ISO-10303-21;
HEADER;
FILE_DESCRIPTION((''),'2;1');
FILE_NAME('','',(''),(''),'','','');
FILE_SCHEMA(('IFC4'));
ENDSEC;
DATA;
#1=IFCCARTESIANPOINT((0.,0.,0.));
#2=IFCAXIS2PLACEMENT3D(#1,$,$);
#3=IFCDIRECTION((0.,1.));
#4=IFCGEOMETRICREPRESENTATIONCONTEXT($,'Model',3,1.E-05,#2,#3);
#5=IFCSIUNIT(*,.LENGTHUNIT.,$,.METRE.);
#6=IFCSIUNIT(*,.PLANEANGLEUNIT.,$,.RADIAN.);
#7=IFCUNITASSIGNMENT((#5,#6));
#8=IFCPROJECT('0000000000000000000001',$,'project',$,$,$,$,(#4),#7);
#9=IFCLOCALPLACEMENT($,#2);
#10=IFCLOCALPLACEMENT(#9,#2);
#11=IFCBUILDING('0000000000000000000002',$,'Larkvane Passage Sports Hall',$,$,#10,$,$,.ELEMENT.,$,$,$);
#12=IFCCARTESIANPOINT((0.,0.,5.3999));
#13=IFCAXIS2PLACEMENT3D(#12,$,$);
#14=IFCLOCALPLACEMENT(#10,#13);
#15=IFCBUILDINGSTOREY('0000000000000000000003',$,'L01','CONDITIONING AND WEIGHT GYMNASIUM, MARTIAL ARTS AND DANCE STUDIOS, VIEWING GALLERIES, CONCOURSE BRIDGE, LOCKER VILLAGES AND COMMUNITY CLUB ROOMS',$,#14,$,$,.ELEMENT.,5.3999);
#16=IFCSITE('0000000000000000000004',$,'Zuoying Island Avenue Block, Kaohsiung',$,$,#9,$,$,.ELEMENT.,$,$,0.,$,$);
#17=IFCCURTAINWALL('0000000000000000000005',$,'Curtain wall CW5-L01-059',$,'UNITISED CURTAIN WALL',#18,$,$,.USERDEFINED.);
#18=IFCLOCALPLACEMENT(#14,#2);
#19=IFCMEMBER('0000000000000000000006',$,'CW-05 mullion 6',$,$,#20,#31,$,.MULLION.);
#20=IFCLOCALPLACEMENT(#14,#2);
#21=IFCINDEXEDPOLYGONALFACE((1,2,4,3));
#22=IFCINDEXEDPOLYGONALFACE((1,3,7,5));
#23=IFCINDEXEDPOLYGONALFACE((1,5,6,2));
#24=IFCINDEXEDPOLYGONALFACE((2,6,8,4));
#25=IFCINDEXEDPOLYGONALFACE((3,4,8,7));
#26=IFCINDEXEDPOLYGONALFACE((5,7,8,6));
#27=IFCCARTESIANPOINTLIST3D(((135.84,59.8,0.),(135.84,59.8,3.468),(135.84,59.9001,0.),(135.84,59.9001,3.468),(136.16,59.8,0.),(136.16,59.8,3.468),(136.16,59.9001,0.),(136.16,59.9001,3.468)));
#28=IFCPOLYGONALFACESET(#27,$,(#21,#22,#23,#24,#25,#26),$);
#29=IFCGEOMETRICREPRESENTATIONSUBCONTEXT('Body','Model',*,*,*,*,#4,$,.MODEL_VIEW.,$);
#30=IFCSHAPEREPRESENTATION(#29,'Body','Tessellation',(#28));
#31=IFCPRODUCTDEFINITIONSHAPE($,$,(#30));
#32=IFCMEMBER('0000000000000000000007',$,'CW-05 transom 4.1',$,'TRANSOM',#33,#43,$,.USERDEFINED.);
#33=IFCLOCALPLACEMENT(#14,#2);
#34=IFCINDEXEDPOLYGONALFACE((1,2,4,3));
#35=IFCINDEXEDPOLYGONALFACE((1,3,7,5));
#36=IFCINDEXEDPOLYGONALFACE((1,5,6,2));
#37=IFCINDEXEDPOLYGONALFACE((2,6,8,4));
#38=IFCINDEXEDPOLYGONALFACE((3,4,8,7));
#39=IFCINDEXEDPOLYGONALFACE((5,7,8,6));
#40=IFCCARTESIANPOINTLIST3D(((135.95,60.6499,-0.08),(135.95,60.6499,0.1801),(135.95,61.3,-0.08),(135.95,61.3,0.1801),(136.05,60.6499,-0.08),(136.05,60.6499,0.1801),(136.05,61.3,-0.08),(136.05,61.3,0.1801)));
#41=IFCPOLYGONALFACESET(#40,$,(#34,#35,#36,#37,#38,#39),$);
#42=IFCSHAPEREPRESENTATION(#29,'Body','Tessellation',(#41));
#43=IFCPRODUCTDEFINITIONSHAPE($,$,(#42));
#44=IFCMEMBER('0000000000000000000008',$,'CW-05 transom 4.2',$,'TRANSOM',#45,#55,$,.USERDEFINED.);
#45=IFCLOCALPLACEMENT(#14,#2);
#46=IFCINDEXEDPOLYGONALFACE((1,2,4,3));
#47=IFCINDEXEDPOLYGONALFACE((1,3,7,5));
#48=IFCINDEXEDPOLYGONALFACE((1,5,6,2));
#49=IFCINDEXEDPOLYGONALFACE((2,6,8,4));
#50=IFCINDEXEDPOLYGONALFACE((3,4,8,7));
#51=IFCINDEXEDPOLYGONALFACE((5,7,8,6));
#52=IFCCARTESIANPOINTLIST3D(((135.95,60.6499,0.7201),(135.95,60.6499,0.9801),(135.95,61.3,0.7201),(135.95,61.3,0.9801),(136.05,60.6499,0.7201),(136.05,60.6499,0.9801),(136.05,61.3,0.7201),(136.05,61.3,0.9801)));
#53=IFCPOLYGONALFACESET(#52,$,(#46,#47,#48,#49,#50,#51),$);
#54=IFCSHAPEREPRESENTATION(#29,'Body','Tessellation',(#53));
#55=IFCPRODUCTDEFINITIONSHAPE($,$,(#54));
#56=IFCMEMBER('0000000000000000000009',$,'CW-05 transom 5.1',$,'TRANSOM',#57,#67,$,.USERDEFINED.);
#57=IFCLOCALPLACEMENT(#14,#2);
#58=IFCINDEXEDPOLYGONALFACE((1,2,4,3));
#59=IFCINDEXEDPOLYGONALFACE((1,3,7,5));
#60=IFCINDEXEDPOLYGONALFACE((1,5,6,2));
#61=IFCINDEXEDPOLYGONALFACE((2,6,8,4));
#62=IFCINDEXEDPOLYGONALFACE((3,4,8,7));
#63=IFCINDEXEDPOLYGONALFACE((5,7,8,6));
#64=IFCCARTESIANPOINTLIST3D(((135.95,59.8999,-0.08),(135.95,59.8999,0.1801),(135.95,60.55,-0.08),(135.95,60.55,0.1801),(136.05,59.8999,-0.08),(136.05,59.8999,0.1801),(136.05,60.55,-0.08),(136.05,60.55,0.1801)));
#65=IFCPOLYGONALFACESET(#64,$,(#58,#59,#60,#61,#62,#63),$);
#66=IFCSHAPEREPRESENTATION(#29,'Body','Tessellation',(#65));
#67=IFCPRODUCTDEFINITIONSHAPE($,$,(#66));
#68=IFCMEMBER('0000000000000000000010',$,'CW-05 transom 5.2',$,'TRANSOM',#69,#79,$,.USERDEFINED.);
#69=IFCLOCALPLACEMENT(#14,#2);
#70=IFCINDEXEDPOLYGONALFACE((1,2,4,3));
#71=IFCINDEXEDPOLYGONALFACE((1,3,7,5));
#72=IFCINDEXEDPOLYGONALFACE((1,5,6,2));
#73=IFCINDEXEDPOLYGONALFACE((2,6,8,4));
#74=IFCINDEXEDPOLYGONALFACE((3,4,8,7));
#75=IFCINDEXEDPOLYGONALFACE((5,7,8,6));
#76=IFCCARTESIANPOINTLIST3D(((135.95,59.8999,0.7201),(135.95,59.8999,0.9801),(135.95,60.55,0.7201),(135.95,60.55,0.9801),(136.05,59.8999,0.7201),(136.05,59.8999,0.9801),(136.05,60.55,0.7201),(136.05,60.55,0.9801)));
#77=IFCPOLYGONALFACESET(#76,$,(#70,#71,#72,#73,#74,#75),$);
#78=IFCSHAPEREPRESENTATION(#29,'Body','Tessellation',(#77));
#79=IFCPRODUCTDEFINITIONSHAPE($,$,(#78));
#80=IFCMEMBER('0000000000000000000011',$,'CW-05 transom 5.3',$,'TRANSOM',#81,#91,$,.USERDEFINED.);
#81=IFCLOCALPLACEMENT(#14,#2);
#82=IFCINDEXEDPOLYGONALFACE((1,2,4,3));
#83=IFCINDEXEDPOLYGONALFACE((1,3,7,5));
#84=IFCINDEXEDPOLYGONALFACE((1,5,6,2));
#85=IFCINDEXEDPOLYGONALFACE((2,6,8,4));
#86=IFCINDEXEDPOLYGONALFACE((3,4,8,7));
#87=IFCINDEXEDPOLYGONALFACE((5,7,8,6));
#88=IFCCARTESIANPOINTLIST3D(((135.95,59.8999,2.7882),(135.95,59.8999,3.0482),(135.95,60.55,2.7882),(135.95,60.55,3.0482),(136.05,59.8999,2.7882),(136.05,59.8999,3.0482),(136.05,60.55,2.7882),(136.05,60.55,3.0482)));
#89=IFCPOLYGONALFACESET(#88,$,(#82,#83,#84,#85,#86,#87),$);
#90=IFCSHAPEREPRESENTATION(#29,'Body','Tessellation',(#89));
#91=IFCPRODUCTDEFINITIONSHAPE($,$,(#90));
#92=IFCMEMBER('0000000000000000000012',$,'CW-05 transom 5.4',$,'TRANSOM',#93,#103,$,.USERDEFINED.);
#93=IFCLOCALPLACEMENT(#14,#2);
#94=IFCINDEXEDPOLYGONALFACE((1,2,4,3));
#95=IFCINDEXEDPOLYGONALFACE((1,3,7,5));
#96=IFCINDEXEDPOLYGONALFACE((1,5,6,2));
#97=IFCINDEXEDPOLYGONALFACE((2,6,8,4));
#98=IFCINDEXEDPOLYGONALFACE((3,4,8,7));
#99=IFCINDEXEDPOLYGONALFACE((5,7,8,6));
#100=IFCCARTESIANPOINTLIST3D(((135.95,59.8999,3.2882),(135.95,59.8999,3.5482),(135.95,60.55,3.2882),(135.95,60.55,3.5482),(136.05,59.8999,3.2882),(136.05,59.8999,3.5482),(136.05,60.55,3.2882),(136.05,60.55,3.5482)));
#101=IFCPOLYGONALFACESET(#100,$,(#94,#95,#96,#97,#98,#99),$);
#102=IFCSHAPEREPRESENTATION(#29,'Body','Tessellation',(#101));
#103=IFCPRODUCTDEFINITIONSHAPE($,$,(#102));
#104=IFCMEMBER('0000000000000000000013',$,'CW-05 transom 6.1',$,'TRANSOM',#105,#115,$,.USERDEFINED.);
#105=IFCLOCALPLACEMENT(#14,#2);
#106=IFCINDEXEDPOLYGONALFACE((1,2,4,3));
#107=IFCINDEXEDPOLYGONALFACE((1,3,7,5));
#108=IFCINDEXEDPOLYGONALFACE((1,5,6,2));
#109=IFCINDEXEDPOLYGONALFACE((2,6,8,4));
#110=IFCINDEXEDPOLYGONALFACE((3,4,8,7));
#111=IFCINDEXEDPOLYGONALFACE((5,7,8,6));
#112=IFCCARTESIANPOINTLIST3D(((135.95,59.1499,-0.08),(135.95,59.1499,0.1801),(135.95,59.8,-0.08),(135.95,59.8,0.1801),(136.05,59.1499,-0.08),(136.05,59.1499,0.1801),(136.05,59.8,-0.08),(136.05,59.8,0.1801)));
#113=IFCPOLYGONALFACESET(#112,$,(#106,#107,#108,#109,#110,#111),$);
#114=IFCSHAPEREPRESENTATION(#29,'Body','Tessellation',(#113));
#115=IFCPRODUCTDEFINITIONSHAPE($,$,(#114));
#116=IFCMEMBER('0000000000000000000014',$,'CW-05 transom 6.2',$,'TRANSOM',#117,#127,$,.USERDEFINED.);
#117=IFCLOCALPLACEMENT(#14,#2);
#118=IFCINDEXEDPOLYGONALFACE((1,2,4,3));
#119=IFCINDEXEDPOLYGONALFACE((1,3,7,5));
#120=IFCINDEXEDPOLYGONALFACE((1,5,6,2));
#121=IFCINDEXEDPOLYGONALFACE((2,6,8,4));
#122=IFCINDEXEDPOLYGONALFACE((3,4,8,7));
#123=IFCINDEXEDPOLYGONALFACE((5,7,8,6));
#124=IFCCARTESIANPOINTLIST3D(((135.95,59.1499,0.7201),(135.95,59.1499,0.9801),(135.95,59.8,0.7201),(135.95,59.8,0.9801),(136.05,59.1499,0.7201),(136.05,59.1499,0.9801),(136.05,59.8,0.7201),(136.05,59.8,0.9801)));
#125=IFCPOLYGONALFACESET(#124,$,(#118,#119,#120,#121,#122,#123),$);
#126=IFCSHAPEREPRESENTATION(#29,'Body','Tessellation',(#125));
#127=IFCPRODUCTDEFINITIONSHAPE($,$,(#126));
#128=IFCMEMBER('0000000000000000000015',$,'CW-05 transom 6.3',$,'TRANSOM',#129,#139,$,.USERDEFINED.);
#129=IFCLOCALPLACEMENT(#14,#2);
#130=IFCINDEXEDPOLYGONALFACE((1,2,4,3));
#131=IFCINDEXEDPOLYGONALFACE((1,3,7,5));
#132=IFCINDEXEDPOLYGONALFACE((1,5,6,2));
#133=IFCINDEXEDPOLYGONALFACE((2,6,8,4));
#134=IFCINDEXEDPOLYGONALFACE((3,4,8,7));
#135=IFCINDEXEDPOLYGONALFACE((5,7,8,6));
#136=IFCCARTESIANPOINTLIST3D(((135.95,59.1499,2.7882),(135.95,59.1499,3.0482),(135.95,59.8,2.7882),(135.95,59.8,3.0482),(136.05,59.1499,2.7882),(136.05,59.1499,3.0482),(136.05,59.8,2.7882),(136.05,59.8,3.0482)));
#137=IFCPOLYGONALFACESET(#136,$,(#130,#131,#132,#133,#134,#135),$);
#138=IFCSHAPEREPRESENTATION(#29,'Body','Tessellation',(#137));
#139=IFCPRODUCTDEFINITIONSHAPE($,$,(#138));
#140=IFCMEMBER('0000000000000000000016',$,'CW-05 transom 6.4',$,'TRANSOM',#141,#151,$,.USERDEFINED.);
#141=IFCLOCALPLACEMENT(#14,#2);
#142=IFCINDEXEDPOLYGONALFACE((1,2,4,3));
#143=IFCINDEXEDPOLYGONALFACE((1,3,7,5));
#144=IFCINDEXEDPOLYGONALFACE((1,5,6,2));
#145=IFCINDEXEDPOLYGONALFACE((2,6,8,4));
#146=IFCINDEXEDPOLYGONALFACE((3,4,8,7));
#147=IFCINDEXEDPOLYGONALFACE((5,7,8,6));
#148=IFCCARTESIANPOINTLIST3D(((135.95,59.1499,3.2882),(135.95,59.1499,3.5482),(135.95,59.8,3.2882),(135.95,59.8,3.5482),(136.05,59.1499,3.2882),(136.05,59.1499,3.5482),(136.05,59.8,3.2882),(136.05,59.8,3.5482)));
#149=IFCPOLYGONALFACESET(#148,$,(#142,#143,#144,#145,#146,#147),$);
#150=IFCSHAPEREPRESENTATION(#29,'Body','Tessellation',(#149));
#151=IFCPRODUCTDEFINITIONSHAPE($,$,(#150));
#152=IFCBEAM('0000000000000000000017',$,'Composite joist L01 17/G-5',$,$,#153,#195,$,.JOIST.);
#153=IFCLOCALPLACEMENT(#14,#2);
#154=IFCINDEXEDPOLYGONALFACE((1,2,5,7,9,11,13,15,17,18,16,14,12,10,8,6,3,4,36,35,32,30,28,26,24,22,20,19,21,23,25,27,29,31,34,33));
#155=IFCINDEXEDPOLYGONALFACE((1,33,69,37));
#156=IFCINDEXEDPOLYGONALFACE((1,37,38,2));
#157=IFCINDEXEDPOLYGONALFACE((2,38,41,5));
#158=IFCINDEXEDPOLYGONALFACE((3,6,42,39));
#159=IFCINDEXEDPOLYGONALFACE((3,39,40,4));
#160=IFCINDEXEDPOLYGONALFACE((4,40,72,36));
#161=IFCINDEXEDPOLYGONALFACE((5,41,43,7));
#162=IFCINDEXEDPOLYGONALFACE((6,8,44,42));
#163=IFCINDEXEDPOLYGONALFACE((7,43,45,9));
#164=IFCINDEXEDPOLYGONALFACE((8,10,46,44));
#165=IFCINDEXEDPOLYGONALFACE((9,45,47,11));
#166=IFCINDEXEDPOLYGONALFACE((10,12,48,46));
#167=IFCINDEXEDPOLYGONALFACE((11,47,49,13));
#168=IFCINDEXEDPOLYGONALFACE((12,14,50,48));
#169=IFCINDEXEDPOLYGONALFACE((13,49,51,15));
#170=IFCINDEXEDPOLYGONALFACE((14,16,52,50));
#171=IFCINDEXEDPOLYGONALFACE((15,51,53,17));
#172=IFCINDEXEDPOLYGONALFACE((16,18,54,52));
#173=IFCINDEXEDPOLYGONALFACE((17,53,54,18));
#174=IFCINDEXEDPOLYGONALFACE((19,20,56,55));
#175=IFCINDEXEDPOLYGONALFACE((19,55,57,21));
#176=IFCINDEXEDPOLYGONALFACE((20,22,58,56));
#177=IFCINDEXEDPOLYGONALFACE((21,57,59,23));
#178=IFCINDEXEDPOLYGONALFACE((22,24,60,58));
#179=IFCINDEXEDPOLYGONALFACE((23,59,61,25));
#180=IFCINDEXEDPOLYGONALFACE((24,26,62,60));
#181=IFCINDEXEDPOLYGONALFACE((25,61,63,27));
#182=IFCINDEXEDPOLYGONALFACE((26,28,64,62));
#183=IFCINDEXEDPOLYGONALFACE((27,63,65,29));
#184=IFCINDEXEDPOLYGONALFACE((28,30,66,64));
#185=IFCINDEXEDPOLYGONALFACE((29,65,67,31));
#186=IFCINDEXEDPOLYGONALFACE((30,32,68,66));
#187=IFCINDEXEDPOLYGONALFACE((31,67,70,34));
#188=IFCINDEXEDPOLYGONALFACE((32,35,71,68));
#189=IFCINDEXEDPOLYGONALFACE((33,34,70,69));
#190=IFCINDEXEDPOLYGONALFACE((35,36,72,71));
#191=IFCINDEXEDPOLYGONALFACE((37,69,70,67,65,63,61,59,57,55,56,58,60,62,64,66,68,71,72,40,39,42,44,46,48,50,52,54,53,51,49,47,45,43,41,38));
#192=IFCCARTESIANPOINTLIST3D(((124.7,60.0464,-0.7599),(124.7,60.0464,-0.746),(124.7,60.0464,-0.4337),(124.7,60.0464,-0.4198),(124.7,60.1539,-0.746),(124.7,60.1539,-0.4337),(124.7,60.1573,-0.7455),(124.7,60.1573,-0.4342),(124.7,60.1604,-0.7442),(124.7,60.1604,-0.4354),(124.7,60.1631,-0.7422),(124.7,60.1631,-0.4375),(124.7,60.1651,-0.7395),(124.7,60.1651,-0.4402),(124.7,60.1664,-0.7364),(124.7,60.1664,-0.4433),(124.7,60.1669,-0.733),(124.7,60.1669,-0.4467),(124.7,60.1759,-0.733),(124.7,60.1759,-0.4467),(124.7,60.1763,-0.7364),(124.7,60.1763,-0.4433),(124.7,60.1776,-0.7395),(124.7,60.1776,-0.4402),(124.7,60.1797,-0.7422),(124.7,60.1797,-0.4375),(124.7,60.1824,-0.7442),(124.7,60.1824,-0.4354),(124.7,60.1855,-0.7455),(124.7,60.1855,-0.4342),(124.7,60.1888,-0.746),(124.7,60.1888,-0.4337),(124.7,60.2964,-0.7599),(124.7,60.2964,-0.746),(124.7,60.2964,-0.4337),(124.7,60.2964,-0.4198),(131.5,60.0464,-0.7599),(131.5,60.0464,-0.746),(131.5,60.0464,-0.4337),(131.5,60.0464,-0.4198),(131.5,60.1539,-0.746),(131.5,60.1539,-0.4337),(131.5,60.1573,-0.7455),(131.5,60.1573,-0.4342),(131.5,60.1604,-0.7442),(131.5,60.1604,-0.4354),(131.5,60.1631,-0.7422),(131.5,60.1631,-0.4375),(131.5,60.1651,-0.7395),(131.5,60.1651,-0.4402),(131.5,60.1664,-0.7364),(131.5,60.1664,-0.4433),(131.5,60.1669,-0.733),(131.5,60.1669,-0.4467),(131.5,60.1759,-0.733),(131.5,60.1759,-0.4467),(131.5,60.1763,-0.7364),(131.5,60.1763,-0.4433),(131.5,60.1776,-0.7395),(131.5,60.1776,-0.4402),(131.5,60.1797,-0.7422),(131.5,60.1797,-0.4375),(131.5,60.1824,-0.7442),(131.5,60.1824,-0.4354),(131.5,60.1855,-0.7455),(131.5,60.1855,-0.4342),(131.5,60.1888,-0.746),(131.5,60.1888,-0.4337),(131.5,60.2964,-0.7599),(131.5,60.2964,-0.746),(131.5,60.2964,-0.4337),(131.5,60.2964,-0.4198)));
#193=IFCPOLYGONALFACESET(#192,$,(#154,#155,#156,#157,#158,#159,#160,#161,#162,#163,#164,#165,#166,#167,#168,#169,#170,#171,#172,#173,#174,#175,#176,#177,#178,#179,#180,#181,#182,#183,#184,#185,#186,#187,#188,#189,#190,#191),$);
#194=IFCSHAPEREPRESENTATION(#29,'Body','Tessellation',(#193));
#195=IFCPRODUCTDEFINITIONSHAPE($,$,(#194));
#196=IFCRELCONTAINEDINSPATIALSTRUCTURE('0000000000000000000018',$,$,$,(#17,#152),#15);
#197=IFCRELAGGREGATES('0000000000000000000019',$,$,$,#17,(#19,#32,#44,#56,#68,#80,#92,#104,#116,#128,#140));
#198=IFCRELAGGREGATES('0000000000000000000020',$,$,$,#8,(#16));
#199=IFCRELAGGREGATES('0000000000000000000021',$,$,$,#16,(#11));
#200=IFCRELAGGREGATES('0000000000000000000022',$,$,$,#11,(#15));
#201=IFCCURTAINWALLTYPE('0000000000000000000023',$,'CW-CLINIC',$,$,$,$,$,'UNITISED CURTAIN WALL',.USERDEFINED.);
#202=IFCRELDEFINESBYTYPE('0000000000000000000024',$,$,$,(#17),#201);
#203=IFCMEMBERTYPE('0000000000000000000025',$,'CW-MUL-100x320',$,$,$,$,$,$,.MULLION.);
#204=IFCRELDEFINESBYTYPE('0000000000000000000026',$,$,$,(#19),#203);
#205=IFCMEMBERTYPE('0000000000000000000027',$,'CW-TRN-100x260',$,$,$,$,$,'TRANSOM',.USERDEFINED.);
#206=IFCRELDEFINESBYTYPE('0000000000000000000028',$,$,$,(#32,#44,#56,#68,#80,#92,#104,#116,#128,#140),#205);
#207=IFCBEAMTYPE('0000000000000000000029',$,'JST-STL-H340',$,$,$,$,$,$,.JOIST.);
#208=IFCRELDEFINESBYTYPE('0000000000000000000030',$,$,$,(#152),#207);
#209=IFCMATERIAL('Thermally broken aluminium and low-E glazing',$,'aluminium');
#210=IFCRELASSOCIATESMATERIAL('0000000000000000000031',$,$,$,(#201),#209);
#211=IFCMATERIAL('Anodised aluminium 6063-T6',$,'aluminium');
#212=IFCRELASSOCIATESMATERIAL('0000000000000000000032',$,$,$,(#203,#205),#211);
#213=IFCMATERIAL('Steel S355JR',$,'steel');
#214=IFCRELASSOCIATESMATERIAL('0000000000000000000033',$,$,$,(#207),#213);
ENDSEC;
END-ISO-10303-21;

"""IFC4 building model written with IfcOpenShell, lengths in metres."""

from ifc_helpers import new_model, si_unit, direction, frame, origin, origin_2d, place, context, subcontext, project, spatial, rectangle, i_section, extrude, material, material_profile, profile_set, type_object, element, aggregate, save


model = new_model("IFC4")

# Units and contexts
model_context = context("Model", 3, precision=1e-05, world=origin(), true_north=direction((0.0, 1.0)))
body_context = subcontext(model_context, "Body", "Model", "MODEL_VIEW")
ifc_project = project(units=[si_unit("LENGTHUNIT", "METRE"), si_unit("PLANEANGLEUNIT", "RADIAN")], contexts=[model_context])

# Site, building, storey
site_placement = place(None, origin())
site = spatial("IfcSite", under=ifc_project, at=site_placement, Name="Zuoying Island Avenue Block, Kaohsiung", CompositionType="ELEMENT", RefElevation=0.0)
building_placement = place(site_placement, origin())
building = spatial("IfcBuilding", under=site, at=building_placement, Name="Larkvane Passage Sports Hall", CompositionType="ELEMENT")
storey_placement = place(building_placement, frame((0.0, 0.0, 5.3999)))
storey = spatial("IfcBuildingStorey", under=building, at=storey_placement, Name="L01", Description="CONDITIONING AND WEIGHT GYMNASIUM, MARTIAL ARTS AND DANCE STUDIOS, VIEWING GALLERIES, CONCOURSE BRIDGE, LOCKER VILLAGES AND COMMUNITY CLUB ROOMS", CompositionType="ELEMENT", Elevation=5.3999)

# Shared definitions
ifc_material_1 = material(Name="Steel S355JR", Category="steel")

# Curtain wall, members
ifc_material_2 = material(Name="Thermally broken aluminium and low-E glazing", Category="aluminium")
curtain_wall_type = type_object("IfcCurtainWallType", Name="CW-CLINIC", ElementType="UNITISED CURTAIN WALL", PredefinedType="USERDEFINED", material=ifc_material_2)
curtain_wall_placement = place(storey_placement, origin())
curtain_wall = element("IfcCurtainWall", 1, at=curtain_wall_placement, inside=storey, type_object=curtain_wall_type, Name="Curtain wall CW5-L01-059", ObjectType="UNITISED CURTAIN WALL", PredefinedType="USERDEFINED")
ifc_material_3 = material(Name="Anodised aluminium 6063-T6", Category="aluminium")
ifc_material_profile_1 = material_profile(ifc_material_3, rectangle(XDim=0.1001, YDim=0.3201, at=origin_2d()), Name="ALU-MUL-100x320")
ifc_profile_set_1 = profile_set([ifc_material_profile_1], Name="Anodised aluminium 6063-T6")
member_type_1 = type_object("IfcMemberType", Name="CW-MUL-100x320", PredefinedType="MULLION", material=ifc_profile_set_1)
member_1_placement = place(storey_placement, frame((136.0, 59.8501, 0.0), z_axis=(0.0, 0.0, 1.0), x_axis=(0.0, -1.0, 0.0)))
member_1 = element("IfcMember", 2, at=member_1_placement, type_object=member_type_1, Name="CW-05 mullion 6", PredefinedType="MULLION", context=body_context, shape_type="SweptSolid", body=[
    extrude(rectangle(XDim=0.1001, YDim=0.3201, at=origin_2d()), origin(), (0.0, 0.0, 1.0), 3.468),
])
ifc_material_profile_2 = material_profile(ifc_material_3, rectangle(XDim=0.1001, YDim=0.26, at=origin_2d()), Name="ALU-TRN-100x260")
ifc_profile_set_2 = profile_set([ifc_material_profile_2], Name="Anodised aluminium 6063-T6")
member_type_2 = type_object("IfcMemberType", Name="CW-TRN-100x260", ElementType="TRANSOM", PredefinedType="USERDEFINED", material=ifc_profile_set_2)
member_2_placement = place(storey_placement, frame((136.0, 61.3, 0.05), z_axis=(0.0, -1.0, 0.0), x_axis=(1.0, 0.0, 0.0)))
member_2 = element("IfcMember", 3, at=member_2_placement, type_object=member_type_2, Name="CW-05 transom 4.1", ObjectType="TRANSOM", PredefinedType="USERDEFINED", context=body_context, shape_type="SweptSolid", body=[
    extrude(rectangle(XDim=0.1001, YDim=0.26, at=origin_2d()), origin(), (0.0, 0.0, 1.0), 0.6501),
])
member_3_placement = place(storey_placement, frame((136.0, 61.3, 0.8501), z_axis=(0.0, -1.0, 0.0), x_axis=(1.0, 0.0, 0.0)))
member_3 = element("IfcMember", 4, at=member_3_placement, type_object=member_type_2, Name="CW-05 transom 4.2", ObjectType="TRANSOM", PredefinedType="USERDEFINED", context=body_context, shape_type="SweptSolid", body=[
    extrude(rectangle(XDim=0.1001, YDim=0.26, at=origin_2d()), origin(), (0.0, 0.0, 1.0), 0.6501),
])
member_4_placement = place(storey_placement, frame((136.0, 60.55, 0.05), z_axis=(0.0, -1.0, 0.0), x_axis=(1.0, 0.0, 0.0)))
member_4 = element("IfcMember", 5, at=member_4_placement, type_object=member_type_2, Name="CW-05 transom 5.1", ObjectType="TRANSOM", PredefinedType="USERDEFINED", context=body_context, shape_type="SweptSolid", body=[
    extrude(rectangle(XDim=0.1001, YDim=0.26, at=origin_2d()), origin(), (0.0, 0.0, 1.0), 0.6501),
])
member_5_placement = place(storey_placement, frame((136.0, 60.55, 0.8501), z_axis=(0.0, -1.0, 0.0), x_axis=(1.0, 0.0, 0.0)))
member_5 = element("IfcMember", 6, at=member_5_placement, type_object=member_type_2, Name="CW-05 transom 5.2", ObjectType="TRANSOM", PredefinedType="USERDEFINED", context=body_context, shape_type="SweptSolid", body=[
    extrude(rectangle(XDim=0.1001, YDim=0.26, at=origin_2d()), origin(), (0.0, 0.0, 1.0), 0.6501),
])
member_6_placement = place(storey_placement, frame((136.0, 60.55, 2.9182), z_axis=(0.0, -1.0, 0.0), x_axis=(1.0, 0.0, 0.0)))
member_6 = element("IfcMember", 7, at=member_6_placement, type_object=member_type_2, Name="CW-05 transom 5.3", ObjectType="TRANSOM", PredefinedType="USERDEFINED", context=body_context, shape_type="SweptSolid", body=[
    extrude(rectangle(XDim=0.1001, YDim=0.26, at=origin_2d()), origin(), (0.0, 0.0, 1.0), 0.6501),
])
member_7_placement = place(storey_placement, frame((136.0, 60.55, 3.4182), z_axis=(0.0, -1.0, 0.0), x_axis=(1.0, 0.0, 0.0)))
member_7 = element("IfcMember", 8, at=member_7_placement, type_object=member_type_2, Name="CW-05 transom 5.4", ObjectType="TRANSOM", PredefinedType="USERDEFINED", context=body_context, shape_type="SweptSolid", body=[
    extrude(rectangle(XDim=0.1001, YDim=0.26, at=origin_2d()), origin(), (0.0, 0.0, 1.0), 0.6501),
])
member_8_placement = place(storey_placement, frame((136.0, 59.8, 0.05), z_axis=(0.0, -1.0, 0.0), x_axis=(1.0, 0.0, 0.0)))
member_8 = element("IfcMember", 9, at=member_8_placement, type_object=member_type_2, Name="CW-05 transom 6.1", ObjectType="TRANSOM", PredefinedType="USERDEFINED", context=body_context, shape_type="SweptSolid", body=[
    extrude(rectangle(XDim=0.1001, YDim=0.26, at=origin_2d()), origin(), (0.0, 0.0, 1.0), 0.6501),
])
member_9_placement = place(storey_placement, frame((136.0, 59.8, 0.8501), z_axis=(0.0, -1.0, 0.0), x_axis=(1.0, 0.0, 0.0)))
member_9 = element("IfcMember", 10, at=member_9_placement, type_object=member_type_2, Name="CW-05 transom 6.2", ObjectType="TRANSOM", PredefinedType="USERDEFINED", context=body_context, shape_type="SweptSolid", body=[
    extrude(rectangle(XDim=0.1001, YDim=0.26, at=origin_2d()), origin(), (0.0, 0.0, 1.0), 0.6501),
])
member_10_placement = place(storey_placement, frame((136.0, 59.8, 2.9182), z_axis=(0.0, -1.0, 0.0), x_axis=(1.0, 0.0, 0.0)))
member_10 = element("IfcMember", 11, at=member_10_placement, type_object=member_type_2, Name="CW-05 transom 6.3", ObjectType="TRANSOM", PredefinedType="USERDEFINED", context=body_context, shape_type="SweptSolid", body=[
    extrude(rectangle(XDim=0.1001, YDim=0.26, at=origin_2d()), origin(), (0.0, 0.0, 1.0), 0.6501),
])
member_11_placement = place(storey_placement, frame((136.0, 59.8, 3.4182), z_axis=(0.0, -1.0, 0.0), x_axis=(1.0, 0.0, 0.0)))
member_11 = element("IfcMember", 12, at=member_11_placement, type_object=member_type_2, Name="CW-05 transom 6.4", ObjectType="TRANSOM", PredefinedType="USERDEFINED", context=body_context, shape_type="SweptSolid", body=[
    extrude(rectangle(XDim=0.1001, YDim=0.26, at=origin_2d()), origin(), (0.0, 0.0, 1.0), 0.6501),
])

# Beam
ifc_material_profile_3 = material_profile(ifc_material_1, i_section(OverallWidth=0.25, OverallDepth=0.3401, WebThickness=0.009, FlangeThickness=0.0139, FilletRadius=0.0129, at=origin_2d()), Name="H-340x250x9x14")
ifc_profile_set_3 = profile_set([ifc_material_profile_3], Name="Steel S355JR")
beam_type_1 = type_object("IfcBeamType", Name="JST-STL-H340", PredefinedType="JOIST", material=ifc_profile_set_3)
beam_1_placement = place(storey_placement, frame((124.7, 60.1714, -0.5898), z_axis=(1.0, 0.0, 0.0), x_axis=(0.0, 1.0, 0.0)))
element("IfcBeam", 13, at=beam_1_placement, inside=storey, type_object=beam_type_1, Name="Composite joist L01 17/G-5", PredefinedType="JOIST", context=body_context, shape_type="SweptSolid", body=[
    extrude(i_section(OverallWidth=0.25, OverallDepth=0.3401, WebThickness=0.009, FlangeThickness=0.0139, FilletRadius=0.0129, at=origin_2d()), origin(), (0.0, 0.0, 1.0), 6.8),
])

aggregate(curtain_wall, [member_1, member_2, member_3, member_4, member_5, member_6, member_7, member_8, member_9, member_10, member_11])

save(model, "model.ifc")
